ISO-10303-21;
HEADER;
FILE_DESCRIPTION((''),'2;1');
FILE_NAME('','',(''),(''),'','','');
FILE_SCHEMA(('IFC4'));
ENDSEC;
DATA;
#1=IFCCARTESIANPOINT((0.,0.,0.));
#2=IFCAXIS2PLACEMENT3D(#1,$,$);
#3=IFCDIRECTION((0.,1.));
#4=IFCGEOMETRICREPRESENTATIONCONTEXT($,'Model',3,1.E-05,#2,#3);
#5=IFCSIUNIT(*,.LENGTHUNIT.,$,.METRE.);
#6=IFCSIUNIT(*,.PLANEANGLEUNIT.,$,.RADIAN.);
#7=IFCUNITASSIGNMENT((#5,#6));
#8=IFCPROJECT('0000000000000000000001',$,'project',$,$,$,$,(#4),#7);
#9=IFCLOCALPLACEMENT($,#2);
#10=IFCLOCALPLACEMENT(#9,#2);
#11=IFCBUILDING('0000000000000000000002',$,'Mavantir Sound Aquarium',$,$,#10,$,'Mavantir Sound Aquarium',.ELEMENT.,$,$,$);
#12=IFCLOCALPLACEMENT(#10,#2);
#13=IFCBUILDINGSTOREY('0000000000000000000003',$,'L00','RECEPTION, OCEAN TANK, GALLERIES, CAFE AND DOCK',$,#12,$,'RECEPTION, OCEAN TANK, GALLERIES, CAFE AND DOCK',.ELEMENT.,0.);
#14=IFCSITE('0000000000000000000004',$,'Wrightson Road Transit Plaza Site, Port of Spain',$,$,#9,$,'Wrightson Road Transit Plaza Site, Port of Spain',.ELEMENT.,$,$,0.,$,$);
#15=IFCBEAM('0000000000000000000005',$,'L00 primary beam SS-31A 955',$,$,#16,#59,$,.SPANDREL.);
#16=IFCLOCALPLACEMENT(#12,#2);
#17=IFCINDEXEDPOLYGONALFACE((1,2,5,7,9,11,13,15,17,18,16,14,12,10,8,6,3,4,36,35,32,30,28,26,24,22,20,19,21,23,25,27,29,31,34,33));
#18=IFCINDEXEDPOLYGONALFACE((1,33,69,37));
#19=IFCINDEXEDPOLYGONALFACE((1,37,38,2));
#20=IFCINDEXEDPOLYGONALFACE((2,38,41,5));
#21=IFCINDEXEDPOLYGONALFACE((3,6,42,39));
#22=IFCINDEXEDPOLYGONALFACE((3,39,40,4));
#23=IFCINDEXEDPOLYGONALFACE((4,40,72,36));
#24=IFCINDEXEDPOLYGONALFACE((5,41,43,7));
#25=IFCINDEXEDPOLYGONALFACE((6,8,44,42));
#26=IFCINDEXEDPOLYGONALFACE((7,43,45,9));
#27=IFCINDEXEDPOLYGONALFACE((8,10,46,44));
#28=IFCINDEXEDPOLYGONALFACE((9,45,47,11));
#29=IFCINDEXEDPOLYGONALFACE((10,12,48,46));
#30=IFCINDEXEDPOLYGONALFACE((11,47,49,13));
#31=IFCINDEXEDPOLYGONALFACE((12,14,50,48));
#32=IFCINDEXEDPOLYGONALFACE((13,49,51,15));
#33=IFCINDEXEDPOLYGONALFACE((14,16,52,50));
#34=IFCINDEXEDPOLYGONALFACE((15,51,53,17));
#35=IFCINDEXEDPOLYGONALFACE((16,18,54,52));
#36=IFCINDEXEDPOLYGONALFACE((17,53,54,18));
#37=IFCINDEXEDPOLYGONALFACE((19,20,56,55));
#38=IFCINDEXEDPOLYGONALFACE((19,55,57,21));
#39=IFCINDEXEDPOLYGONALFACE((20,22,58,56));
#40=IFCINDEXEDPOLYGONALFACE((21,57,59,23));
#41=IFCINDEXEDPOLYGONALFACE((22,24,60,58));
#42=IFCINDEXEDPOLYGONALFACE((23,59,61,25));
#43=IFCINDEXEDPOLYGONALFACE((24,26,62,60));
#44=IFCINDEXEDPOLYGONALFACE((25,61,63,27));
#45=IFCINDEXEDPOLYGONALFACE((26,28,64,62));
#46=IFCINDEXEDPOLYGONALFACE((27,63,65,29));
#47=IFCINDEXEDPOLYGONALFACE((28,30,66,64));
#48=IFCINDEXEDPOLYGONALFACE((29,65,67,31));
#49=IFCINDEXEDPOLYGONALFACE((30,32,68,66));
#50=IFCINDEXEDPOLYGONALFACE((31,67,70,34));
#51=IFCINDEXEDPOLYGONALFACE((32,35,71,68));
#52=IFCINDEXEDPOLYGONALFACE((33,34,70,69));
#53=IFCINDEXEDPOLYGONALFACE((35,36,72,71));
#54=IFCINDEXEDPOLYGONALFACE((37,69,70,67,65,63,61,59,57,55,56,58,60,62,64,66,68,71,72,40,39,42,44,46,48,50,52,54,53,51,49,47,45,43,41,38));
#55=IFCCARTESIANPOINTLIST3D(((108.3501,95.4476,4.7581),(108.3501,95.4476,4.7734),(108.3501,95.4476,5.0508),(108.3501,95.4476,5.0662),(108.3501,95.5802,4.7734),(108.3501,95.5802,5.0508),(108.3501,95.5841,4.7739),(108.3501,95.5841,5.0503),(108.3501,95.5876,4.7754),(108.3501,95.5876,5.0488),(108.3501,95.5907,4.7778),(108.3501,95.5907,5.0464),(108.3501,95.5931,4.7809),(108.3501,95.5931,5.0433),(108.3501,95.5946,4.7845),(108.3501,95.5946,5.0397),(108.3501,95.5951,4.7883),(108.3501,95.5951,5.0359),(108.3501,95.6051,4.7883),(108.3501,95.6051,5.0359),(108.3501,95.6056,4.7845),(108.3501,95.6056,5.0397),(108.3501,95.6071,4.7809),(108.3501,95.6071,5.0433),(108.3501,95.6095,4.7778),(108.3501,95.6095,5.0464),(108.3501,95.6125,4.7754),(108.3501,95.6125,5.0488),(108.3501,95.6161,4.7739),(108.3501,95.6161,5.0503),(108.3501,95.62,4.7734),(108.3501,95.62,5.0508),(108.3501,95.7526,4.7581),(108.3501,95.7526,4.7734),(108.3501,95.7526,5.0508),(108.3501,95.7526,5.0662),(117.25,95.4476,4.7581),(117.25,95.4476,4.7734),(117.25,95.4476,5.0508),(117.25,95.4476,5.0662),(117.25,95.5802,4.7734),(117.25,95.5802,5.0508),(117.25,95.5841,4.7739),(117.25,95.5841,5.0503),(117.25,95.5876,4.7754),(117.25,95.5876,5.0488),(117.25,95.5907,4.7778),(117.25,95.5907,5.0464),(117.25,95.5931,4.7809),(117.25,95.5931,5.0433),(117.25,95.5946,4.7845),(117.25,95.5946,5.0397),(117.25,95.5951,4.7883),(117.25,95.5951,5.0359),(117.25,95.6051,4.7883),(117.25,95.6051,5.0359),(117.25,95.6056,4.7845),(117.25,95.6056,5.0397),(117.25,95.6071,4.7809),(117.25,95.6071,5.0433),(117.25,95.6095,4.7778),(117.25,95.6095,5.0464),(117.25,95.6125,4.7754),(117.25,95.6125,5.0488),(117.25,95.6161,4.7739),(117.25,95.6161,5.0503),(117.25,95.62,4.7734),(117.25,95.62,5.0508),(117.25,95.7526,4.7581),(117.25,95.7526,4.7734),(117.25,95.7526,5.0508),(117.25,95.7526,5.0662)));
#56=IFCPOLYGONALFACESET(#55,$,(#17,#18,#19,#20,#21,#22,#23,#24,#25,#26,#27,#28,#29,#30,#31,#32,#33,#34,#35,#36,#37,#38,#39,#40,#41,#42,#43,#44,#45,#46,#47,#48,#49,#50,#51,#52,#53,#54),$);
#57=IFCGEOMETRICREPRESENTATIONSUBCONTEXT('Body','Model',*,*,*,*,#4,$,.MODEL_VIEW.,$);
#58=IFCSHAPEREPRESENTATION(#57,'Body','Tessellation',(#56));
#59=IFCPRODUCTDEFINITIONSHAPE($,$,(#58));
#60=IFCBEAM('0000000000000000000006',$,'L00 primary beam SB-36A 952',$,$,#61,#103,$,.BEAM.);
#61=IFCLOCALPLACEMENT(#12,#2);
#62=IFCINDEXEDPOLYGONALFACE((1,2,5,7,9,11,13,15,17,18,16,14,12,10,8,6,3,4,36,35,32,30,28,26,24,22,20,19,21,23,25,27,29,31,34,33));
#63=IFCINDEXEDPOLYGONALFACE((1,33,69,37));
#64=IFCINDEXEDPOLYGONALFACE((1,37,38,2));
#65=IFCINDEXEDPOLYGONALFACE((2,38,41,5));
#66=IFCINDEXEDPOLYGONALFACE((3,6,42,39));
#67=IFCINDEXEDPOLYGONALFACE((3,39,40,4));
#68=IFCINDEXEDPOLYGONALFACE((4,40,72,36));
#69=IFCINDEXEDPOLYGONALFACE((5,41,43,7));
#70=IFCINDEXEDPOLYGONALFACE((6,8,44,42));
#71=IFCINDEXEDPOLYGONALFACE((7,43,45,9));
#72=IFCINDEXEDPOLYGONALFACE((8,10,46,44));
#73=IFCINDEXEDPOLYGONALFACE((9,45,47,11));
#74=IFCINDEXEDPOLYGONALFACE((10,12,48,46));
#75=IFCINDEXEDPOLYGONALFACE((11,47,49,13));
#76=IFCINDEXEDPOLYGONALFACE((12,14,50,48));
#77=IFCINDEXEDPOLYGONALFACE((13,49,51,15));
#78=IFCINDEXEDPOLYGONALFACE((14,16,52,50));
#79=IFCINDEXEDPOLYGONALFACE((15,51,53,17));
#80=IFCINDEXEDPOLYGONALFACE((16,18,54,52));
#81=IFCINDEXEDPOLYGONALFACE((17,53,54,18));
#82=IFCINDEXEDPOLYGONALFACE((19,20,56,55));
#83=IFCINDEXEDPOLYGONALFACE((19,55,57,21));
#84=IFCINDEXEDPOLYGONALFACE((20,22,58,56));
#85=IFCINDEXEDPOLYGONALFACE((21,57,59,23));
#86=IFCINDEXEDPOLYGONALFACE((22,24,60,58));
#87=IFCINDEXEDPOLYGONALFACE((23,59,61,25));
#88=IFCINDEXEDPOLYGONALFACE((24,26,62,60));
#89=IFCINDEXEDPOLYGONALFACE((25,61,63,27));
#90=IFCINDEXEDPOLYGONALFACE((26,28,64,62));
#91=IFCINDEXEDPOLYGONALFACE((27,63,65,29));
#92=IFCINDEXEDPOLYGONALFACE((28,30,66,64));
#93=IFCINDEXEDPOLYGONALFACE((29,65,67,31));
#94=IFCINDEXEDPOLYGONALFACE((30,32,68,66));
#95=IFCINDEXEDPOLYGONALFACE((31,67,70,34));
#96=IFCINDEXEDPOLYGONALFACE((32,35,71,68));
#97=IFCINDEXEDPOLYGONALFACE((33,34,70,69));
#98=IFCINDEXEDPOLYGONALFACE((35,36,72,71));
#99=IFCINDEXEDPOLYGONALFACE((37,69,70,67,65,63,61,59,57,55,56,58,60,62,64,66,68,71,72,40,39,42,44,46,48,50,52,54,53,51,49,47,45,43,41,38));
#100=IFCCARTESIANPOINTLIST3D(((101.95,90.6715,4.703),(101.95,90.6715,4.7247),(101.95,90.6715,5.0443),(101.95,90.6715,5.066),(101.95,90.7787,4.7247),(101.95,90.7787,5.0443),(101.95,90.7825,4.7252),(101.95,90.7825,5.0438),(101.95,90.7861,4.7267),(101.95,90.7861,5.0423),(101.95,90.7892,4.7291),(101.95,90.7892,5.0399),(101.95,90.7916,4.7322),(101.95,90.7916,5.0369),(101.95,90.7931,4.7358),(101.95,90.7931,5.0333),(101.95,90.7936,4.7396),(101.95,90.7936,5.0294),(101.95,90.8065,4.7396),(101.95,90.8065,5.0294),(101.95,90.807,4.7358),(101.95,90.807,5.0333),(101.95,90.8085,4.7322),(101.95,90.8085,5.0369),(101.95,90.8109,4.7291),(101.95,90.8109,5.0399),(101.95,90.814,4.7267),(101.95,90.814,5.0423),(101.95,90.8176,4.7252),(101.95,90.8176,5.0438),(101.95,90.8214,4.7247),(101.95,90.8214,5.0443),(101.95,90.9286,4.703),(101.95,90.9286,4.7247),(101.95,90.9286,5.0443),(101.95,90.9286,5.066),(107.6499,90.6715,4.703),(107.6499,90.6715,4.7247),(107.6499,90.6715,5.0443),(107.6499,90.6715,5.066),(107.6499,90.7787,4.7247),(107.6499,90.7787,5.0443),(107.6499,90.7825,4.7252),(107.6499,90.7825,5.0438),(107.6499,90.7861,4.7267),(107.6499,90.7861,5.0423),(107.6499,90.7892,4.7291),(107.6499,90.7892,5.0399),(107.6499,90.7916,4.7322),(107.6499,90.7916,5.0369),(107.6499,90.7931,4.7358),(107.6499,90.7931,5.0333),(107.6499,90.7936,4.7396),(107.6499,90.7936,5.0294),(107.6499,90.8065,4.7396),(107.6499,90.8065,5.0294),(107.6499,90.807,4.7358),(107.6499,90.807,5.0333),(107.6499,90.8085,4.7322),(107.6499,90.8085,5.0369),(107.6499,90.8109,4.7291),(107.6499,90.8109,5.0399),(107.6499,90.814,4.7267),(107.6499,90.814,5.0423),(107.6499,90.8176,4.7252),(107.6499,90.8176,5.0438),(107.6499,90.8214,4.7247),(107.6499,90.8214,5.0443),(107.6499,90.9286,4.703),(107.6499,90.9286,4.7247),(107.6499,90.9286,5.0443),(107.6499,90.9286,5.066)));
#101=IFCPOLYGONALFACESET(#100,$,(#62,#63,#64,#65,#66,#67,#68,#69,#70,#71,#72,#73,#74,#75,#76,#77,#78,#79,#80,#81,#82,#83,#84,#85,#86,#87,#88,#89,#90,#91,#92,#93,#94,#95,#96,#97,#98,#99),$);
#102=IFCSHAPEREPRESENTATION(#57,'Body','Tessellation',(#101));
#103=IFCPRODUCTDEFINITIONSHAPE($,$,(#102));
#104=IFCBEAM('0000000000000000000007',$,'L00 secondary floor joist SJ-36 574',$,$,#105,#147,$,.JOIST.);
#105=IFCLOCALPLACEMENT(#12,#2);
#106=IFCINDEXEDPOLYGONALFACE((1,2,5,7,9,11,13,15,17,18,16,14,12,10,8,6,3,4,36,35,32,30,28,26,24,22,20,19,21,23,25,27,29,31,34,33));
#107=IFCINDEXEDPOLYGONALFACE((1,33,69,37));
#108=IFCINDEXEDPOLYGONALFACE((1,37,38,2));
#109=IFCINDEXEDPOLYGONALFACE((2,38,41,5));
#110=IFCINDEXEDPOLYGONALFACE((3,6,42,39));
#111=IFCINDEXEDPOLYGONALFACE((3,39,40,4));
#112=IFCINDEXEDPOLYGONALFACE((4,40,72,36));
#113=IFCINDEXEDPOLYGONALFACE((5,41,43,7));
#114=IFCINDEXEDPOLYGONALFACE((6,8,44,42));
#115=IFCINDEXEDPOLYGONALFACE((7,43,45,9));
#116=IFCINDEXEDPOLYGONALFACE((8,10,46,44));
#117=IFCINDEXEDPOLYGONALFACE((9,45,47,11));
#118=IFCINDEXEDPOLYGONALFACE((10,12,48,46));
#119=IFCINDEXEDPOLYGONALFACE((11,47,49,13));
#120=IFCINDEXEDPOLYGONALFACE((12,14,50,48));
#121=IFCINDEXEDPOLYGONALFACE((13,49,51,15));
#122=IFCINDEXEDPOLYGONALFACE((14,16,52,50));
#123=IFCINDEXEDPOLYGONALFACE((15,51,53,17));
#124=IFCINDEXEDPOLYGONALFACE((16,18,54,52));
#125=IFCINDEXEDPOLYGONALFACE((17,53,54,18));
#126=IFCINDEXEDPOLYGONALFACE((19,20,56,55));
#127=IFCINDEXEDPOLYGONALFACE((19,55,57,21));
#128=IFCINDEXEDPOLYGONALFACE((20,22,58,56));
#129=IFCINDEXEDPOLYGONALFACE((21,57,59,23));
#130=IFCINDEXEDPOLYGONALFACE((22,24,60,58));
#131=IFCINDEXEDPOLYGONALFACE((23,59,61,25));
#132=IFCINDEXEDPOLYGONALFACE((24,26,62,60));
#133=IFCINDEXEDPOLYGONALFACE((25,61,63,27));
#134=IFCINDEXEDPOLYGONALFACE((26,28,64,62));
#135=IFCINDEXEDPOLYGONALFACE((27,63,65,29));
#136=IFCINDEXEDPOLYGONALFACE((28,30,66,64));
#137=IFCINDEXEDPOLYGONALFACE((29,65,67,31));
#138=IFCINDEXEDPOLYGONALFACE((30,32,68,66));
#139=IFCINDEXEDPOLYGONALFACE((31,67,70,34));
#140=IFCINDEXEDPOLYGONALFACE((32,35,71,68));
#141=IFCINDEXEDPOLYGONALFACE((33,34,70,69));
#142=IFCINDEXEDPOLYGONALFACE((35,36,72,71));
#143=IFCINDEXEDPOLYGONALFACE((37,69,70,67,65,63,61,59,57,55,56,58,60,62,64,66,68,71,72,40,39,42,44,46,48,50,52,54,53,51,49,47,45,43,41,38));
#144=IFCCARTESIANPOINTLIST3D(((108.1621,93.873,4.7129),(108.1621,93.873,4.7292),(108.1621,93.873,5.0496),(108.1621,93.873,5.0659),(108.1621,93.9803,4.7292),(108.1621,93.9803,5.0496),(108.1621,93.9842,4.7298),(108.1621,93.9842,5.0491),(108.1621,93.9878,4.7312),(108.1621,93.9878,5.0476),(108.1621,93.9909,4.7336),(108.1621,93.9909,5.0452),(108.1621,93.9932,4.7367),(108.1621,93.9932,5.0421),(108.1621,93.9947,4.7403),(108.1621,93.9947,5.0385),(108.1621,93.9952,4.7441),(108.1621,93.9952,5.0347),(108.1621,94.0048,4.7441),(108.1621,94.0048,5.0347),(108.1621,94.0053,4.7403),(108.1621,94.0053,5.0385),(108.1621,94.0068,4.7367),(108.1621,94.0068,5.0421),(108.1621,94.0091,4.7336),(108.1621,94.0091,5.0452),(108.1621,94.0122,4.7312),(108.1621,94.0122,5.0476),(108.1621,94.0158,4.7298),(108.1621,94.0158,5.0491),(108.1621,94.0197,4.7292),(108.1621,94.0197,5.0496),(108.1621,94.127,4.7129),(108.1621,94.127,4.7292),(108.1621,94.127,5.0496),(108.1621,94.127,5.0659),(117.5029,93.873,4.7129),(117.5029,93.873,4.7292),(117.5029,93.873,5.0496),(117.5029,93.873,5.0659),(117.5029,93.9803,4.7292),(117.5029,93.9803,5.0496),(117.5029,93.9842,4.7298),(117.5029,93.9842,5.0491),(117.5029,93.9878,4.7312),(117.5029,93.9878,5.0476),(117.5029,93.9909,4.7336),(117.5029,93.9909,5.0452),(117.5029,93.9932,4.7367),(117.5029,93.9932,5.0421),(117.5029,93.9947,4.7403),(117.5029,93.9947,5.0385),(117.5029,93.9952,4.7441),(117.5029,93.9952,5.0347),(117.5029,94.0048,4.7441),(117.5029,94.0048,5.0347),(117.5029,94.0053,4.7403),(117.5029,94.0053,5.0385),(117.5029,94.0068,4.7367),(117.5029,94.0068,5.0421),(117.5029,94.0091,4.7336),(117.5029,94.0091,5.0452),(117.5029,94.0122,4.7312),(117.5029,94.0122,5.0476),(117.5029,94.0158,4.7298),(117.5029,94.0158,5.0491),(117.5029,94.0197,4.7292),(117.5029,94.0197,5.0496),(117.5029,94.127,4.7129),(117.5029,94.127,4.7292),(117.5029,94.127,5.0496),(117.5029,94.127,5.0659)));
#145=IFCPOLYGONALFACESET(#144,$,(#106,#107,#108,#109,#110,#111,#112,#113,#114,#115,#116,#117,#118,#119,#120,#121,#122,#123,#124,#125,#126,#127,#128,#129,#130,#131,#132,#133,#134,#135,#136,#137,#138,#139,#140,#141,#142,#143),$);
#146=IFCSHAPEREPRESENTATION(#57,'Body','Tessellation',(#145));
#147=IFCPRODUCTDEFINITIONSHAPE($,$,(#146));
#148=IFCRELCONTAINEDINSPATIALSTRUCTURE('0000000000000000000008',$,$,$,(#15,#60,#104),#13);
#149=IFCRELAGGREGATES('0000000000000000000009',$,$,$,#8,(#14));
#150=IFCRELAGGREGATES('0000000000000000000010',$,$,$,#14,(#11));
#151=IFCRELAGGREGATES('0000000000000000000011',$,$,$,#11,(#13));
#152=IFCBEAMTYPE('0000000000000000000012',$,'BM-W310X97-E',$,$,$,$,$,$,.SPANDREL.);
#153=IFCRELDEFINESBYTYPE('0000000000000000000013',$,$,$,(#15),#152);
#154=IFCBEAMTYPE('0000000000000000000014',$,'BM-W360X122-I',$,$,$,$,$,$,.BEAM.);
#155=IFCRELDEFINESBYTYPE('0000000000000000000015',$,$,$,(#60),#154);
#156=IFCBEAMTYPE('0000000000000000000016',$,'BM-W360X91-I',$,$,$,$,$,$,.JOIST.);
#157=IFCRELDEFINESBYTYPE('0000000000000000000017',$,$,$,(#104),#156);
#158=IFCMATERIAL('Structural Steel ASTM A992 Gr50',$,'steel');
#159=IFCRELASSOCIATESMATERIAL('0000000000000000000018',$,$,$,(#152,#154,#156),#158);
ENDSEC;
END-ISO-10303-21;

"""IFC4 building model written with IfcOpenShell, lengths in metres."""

from ifc_helpers import new_model, si_unit, direction, frame, origin, origin_2d, place, context, subcontext, project, spatial, i_section, extrude, material, material_profile, profile_set, type_object, element, save


model = new_model("IFC4")

# Units and contexts
model_context = context("Model", 3, precision=1e-05, world=origin(), true_north=direction((0.0, 1.0)))
body_context = subcontext(model_context, "Body", "Model", "MODEL_VIEW")
ifc_project = project(units=[si_unit("LENGTHUNIT", "METRE"), si_unit("PLANEANGLEUNIT", "RADIAN")], contexts=[model_context])

# Site, building, storey
site_placement = place(None, origin())
site = spatial("IfcSite", under=ifc_project, at=site_placement, Name="Wrightson Road Transit Plaza Site, Port of Spain", LongName="Wrightson Road Transit Plaza Site, Port of Spain", CompositionType="ELEMENT", RefElevation=0.0)
building_placement = place(site_placement, origin())
building = spatial("IfcBuilding", under=site, at=building_placement, Name="Mavantir Sound Aquarium", LongName="Mavantir Sound Aquarium", CompositionType="ELEMENT")
storey_placement = place(building_placement, origin())
storey = spatial("IfcBuildingStorey", under=building, at=storey_placement, Name="L00", Description="RECEPTION, OCEAN TANK, GALLERIES, CAFE AND DOCK", LongName="RECEPTION, OCEAN TANK, GALLERIES, CAFE AND DOCK", CompositionType="ELEMENT", Elevation=0.0)

# Beams
ifc_material_1 = material(Name="Structural Steel ASTM A992 Gr50", Category="steel")
ifc_material_profile_1 = material_profile(ifc_material_1, i_section(OverallWidth=0.3049, OverallDepth=0.3081, WebThickness=0.01, FlangeThickness=0.0154, FilletRadius=0.0149, at=origin_2d()), Name="W310X97")
ifc_profile_set_1 = profile_set([ifc_material_profile_1], Name="Structural Steel ASTM A992 Gr50")
beam_type_1 = type_object("IfcBeamType", Name="BM-W310X97-E", PredefinedType="SPANDREL", material=ifc_profile_set_1)
beam_1_placement = place(storey_placement, frame((108.3501, 95.6001, 4.9121), z_axis=(1.0, 0.0, 0.0), x_axis=(0.0, 1.0, 0.0)))
element("IfcBeam", 1, at=beam_1_placement, inside=storey, type_object=beam_type_1, Name="L00 primary beam SS-31A 955", PredefinedType="SPANDREL", context=body_context, shape_type="SweptSolid", body=[
    extrude(i_section(OverallWidth=0.3049, OverallDepth=0.3081, WebThickness=0.01, FlangeThickness=0.0154, FilletRadius=0.0149, at=origin_2d()), origin(), (0.0, 0.0, 1.0), 8.8999),
])
ifc_material_profile_2 = material_profile(ifc_material_1, i_section(OverallWidth=0.2571, OverallDepth=0.363, WebThickness=0.0129, FlangeThickness=0.0217, FilletRadius=0.0149, at=origin_2d()), Name="W360X122")
ifc_profile_set_2 = profile_set([ifc_material_profile_2], Name="Structural Steel ASTM A992 Gr50")
beam_type_2 = type_object("IfcBeamType", Name="BM-W360X122-I", PredefinedType="BEAM", material=ifc_profile_set_2)
beam_2_placement = place(storey_placement, frame((101.95, 90.8, 4.8845), z_axis=(1.0, 0.0, 0.0), x_axis=(0.0, 1.0, 0.0)))
element("IfcBeam", 2, at=beam_2_placement, inside=storey, type_object=beam_type_2, Name="L00 primary beam SB-36A 952", PredefinedType="BEAM", context=body_context, shape_type="SweptSolid", body=[
    extrude(i_section(OverallWidth=0.2571, OverallDepth=0.363, WebThickness=0.0129, FlangeThickness=0.0217, FilletRadius=0.0149, at=origin_2d()), origin(), (0.0, 0.0, 1.0), 5.7),
])
ifc_material_profile_3 = material_profile(ifc_material_1, i_section(OverallWidth=0.2539, OverallDepth=0.353, WebThickness=0.0095, FlangeThickness=0.0164, FilletRadius=0.0149, at=origin_2d()), Name="W360X91")
ifc_profile_set_3 = profile_set([ifc_material_profile_3], Name="Structural Steel ASTM A992 Gr50")
beam_type_3 = type_object("IfcBeamType", Name="BM-W360X91-I", PredefinedType="JOIST", material=ifc_profile_set_3)
beam_3_placement = place(storey_placement, frame((108.1621, 94.0, 4.8894), z_axis=(1.0, 0.0, 0.0), x_axis=(0.0, 1.0, 0.0)))
element("IfcBeam", 3, at=beam_3_placement, inside=storey, type_object=beam_type_3, Name="L00 secondary floor joist SJ-36 574", PredefinedType="JOIST", context=body_context, shape_type="SweptSolid", body=[
    extrude(i_section(OverallWidth=0.2539, OverallDepth=0.353, WebThickness=0.0095, FlangeThickness=0.0164, FilletRadius=0.0149, at=origin_2d()), origin(), (0.0, 0.0, 1.0), 9.3408),
])

save(model, "model.ifc")
